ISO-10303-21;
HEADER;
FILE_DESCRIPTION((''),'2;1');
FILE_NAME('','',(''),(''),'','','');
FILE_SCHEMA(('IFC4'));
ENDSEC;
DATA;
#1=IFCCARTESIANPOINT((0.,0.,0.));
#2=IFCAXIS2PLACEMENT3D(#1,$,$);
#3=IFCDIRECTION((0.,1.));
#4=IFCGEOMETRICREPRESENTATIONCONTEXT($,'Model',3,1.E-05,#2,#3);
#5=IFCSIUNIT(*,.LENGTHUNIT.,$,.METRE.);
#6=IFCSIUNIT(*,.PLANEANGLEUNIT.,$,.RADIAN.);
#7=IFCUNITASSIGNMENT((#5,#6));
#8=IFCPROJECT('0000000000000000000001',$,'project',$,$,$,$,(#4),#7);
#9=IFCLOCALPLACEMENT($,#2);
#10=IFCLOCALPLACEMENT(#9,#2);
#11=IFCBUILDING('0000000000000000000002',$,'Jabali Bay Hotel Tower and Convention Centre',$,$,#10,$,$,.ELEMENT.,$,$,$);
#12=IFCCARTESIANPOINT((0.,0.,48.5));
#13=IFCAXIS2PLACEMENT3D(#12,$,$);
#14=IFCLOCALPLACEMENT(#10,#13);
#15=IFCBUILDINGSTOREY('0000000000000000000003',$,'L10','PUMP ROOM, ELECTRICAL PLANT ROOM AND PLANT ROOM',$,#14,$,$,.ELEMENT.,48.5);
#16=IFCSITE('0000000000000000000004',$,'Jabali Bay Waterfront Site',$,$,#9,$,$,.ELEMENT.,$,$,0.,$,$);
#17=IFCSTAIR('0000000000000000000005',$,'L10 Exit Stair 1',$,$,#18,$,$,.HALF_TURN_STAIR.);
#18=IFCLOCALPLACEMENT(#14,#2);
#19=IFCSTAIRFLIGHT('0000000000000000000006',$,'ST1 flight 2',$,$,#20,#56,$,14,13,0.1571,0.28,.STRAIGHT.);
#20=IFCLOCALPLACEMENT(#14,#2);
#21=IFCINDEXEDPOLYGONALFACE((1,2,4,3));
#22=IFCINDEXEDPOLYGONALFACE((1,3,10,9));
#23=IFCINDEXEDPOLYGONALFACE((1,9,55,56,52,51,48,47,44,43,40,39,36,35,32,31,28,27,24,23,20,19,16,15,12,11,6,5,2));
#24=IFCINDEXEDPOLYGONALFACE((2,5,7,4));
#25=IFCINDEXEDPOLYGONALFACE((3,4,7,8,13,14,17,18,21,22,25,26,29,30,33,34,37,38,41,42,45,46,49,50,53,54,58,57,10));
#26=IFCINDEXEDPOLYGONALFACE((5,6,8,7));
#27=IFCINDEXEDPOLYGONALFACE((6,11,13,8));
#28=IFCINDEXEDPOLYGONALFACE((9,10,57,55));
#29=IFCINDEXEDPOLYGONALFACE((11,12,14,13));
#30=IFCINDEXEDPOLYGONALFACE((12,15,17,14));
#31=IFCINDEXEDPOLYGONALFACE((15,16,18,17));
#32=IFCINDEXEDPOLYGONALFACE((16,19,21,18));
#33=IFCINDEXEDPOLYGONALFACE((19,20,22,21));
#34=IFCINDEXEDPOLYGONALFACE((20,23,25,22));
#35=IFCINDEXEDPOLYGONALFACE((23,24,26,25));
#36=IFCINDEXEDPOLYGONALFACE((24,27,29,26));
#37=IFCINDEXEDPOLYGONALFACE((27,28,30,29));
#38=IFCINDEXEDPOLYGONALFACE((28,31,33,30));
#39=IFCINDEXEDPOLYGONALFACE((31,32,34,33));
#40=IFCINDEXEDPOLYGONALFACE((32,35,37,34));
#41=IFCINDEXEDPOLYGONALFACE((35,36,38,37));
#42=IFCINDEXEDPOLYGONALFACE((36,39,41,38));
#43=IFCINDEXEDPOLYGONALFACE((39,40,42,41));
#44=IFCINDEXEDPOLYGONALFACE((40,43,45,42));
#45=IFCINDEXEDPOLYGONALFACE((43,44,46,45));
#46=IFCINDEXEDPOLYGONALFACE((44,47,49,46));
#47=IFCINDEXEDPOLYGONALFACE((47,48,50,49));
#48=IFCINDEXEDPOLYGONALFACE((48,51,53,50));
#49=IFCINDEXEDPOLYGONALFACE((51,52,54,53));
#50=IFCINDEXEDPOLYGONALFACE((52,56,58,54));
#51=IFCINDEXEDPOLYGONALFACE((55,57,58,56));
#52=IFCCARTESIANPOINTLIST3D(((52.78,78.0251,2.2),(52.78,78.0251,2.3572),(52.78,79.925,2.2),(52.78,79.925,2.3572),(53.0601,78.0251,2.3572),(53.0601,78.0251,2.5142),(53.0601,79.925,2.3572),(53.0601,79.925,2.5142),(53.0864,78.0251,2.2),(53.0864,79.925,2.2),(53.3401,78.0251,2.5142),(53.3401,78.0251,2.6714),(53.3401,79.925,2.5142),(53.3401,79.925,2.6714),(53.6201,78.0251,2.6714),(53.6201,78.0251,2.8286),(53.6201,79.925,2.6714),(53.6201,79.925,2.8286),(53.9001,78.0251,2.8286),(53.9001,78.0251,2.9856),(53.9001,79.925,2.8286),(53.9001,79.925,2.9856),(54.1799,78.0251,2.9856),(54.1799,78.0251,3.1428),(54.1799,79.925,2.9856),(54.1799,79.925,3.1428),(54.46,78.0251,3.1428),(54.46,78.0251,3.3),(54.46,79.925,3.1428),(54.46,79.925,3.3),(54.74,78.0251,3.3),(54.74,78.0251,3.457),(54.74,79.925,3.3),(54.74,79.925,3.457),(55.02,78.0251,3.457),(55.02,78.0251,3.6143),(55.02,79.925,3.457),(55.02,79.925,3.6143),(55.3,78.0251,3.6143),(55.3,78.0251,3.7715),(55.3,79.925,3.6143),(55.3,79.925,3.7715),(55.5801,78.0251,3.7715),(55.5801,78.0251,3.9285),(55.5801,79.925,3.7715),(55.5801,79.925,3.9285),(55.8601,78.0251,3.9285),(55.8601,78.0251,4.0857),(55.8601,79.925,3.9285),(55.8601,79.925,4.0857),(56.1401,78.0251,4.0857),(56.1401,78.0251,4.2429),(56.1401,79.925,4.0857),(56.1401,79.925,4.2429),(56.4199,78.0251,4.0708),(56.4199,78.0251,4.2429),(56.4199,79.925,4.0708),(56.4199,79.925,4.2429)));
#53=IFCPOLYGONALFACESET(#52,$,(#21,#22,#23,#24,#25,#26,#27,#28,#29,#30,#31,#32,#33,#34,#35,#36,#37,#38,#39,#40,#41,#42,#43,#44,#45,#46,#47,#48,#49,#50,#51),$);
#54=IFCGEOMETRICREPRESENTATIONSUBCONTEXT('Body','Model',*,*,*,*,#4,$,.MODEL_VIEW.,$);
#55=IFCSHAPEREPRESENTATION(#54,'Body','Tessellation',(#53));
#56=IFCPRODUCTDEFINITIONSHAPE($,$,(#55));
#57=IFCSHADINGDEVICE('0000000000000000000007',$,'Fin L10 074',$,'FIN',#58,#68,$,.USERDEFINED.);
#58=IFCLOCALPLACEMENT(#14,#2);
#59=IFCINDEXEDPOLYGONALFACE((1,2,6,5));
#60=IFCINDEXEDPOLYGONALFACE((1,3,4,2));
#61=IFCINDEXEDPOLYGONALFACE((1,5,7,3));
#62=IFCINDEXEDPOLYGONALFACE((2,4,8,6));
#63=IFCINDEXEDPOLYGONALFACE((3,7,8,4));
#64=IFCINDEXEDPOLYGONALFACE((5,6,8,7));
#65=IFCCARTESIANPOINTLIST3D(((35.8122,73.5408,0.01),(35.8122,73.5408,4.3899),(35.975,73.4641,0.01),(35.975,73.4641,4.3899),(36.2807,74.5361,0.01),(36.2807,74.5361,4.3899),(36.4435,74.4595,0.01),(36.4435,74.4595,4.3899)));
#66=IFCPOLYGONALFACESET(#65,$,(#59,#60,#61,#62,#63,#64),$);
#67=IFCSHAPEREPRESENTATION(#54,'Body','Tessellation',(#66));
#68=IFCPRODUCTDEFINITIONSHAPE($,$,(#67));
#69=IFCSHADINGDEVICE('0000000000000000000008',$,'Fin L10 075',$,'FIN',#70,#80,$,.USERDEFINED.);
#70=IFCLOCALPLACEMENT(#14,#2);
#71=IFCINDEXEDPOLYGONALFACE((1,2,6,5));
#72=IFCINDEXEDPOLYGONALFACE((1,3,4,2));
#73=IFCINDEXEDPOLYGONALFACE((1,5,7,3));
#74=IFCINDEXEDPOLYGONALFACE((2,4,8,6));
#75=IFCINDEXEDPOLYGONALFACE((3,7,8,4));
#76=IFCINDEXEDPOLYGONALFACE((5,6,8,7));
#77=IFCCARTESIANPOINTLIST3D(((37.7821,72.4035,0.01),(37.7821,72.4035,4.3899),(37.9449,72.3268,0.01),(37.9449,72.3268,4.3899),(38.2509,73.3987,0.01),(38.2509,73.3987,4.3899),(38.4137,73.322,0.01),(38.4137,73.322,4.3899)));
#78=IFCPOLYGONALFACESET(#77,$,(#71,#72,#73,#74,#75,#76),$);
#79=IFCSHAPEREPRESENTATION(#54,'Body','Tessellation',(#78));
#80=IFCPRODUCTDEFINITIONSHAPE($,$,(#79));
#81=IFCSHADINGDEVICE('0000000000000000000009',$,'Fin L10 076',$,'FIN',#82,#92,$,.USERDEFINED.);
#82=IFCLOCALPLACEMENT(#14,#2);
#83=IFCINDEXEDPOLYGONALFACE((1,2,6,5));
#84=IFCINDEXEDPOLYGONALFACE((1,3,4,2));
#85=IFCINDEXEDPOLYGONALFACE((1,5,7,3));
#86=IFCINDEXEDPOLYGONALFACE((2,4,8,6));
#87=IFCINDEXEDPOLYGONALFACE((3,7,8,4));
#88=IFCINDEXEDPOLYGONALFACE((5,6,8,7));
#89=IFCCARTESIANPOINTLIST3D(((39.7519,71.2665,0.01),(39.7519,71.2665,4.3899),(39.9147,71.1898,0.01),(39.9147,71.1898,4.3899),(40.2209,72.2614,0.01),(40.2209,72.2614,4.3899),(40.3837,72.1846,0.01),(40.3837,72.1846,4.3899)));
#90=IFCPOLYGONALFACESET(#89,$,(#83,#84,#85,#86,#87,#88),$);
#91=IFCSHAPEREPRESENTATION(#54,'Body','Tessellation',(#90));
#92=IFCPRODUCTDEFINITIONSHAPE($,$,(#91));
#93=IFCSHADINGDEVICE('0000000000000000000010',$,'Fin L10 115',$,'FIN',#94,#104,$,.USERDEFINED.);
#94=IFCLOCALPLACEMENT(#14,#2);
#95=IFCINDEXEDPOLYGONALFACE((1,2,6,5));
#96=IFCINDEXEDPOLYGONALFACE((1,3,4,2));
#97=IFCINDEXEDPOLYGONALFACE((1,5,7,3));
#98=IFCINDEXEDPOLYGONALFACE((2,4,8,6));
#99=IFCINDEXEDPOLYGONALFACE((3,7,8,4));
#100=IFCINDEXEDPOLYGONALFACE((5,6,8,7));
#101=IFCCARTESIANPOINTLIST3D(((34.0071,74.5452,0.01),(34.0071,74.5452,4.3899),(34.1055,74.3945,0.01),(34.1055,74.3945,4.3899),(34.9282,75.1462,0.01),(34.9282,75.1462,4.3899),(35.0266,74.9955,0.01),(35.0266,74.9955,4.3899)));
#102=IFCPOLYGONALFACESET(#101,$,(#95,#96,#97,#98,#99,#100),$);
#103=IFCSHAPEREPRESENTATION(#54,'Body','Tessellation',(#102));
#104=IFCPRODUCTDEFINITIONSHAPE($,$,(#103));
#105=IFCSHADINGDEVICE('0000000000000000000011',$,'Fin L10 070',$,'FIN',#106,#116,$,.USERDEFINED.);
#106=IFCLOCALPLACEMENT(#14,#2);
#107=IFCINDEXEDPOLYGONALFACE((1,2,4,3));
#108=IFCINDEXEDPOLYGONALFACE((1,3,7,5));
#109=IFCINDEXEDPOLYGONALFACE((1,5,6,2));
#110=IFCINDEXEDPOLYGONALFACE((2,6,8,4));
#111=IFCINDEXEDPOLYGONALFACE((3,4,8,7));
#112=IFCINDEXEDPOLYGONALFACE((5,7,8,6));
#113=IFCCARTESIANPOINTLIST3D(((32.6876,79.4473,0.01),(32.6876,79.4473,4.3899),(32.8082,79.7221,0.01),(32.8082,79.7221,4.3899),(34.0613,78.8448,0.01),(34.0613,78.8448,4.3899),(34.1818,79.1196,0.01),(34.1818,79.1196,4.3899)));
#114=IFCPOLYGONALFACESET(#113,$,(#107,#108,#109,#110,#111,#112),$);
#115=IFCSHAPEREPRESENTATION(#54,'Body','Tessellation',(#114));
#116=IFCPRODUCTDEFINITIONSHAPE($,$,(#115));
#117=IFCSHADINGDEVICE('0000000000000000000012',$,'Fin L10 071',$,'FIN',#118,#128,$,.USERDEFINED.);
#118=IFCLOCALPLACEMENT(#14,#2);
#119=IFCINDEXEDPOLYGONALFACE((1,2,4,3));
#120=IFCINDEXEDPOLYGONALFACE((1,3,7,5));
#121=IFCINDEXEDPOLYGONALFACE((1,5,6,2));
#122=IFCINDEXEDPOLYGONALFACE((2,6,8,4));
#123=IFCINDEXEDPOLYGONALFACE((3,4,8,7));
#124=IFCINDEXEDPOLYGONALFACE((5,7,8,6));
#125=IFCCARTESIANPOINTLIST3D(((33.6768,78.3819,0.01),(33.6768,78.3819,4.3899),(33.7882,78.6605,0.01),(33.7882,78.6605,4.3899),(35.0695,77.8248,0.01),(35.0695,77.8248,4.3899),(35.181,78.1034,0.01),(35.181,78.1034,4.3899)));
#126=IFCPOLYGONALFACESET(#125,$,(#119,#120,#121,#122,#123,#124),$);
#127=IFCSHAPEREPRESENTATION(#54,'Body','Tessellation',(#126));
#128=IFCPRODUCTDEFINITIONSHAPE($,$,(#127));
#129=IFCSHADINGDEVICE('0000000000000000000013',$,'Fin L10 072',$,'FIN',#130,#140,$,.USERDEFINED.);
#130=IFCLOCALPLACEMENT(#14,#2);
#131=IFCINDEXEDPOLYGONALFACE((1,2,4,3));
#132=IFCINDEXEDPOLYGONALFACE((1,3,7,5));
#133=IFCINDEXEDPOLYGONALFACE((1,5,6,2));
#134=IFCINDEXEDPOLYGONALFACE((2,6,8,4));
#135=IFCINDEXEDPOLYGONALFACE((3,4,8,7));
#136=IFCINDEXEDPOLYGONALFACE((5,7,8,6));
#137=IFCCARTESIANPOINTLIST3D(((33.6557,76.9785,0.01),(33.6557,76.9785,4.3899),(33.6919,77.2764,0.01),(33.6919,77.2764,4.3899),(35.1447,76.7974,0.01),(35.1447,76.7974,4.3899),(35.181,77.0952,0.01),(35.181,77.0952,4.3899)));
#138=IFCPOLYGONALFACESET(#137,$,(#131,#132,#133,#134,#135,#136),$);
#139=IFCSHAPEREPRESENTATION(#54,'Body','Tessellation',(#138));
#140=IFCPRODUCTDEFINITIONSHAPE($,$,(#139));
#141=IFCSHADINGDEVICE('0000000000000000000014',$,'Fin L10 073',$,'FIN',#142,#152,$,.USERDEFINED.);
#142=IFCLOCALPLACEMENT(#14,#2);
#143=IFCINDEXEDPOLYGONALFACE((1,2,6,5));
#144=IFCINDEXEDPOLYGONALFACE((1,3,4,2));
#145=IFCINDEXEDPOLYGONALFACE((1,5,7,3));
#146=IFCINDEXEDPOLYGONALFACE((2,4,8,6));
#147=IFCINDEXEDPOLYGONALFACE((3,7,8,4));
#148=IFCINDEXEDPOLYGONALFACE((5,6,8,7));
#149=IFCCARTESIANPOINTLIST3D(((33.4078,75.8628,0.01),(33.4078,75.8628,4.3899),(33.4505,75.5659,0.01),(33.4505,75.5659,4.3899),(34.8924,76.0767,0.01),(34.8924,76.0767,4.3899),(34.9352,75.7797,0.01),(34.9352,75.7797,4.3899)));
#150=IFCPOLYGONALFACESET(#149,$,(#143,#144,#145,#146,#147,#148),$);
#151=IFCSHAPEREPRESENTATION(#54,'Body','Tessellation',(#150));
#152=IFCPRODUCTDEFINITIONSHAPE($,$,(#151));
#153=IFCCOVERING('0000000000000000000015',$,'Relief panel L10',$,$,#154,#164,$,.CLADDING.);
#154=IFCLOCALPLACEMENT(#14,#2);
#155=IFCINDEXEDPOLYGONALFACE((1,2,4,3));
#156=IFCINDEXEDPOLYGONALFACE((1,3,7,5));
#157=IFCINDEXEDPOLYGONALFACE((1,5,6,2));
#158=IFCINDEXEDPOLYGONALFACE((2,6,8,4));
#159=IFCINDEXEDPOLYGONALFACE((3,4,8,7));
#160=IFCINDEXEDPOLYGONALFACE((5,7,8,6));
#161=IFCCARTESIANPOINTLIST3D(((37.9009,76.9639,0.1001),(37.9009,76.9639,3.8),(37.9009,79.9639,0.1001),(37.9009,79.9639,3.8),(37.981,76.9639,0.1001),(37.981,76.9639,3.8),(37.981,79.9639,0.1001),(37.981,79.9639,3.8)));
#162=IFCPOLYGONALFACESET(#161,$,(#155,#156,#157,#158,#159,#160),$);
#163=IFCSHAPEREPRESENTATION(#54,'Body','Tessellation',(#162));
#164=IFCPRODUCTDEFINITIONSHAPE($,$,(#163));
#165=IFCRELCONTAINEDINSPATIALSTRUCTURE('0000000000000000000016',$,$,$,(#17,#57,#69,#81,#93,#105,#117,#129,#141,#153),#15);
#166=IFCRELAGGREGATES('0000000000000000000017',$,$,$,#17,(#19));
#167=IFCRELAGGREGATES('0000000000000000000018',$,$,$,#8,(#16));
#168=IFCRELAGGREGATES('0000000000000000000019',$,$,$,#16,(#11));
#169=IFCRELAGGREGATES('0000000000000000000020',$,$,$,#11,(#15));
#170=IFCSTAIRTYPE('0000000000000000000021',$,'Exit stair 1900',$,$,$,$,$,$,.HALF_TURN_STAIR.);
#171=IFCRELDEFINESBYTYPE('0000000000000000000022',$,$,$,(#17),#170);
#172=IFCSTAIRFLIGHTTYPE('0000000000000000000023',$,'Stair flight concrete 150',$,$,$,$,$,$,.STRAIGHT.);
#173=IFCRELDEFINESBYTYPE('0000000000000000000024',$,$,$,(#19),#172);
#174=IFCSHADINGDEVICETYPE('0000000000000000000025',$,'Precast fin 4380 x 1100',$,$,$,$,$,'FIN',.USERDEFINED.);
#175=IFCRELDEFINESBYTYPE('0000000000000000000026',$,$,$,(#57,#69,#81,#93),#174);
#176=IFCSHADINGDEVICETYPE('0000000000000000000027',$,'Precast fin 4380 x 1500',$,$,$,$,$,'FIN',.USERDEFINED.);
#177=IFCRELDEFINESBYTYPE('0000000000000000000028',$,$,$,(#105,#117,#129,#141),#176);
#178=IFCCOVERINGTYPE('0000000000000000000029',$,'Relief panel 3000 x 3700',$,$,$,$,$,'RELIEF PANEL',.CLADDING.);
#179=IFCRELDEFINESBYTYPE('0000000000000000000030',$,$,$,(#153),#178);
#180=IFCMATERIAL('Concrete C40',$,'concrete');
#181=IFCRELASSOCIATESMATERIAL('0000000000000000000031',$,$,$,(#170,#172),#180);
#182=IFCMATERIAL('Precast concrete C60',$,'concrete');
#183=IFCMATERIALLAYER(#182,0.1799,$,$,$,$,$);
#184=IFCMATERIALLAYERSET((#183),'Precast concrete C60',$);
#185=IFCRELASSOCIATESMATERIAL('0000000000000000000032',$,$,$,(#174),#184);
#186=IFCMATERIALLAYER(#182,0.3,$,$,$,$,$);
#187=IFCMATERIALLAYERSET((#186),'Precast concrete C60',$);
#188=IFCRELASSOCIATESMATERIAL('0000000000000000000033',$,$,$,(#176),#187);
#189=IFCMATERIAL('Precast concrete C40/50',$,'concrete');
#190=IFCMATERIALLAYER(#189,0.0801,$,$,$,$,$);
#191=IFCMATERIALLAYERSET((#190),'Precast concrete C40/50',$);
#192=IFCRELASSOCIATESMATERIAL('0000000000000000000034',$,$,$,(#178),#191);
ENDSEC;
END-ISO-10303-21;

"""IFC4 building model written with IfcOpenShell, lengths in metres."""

from ifc_helpers import new_model, si_unit, direction, frame, frame_2d, origin, origin_2d, place, context, subcontext, project, spatial, polyline, rectangle, outline, extrude, material, layer, layer_set, type_object, element, aggregate, save


model = new_model("IFC4")

# Units and contexts
model_context = context("Model", 3, precision=1e-05, world=origin(), true_north=direction((0.0, 1.0)))
body_context = subcontext(model_context, "Body", "Model", "MODEL_VIEW")
ifc_project = project(units=[si_unit("LENGTHUNIT", "METRE"), si_unit("PLANEANGLEUNIT", "RADIAN")], contexts=[model_context])

# Site, building, storey
site_placement = place(None, origin())
site = spatial("IfcSite", under=ifc_project, at=site_placement, Name="Jabali Bay Waterfront Site", CompositionType="ELEMENT", RefElevation=0.0)
building_placement = place(site_placement, origin())
building = spatial("IfcBuilding", under=site, at=building_placement, Name="Jabali Bay Hotel Tower and Convention Centre", CompositionType="ELEMENT")
storey_placement = place(building_placement, frame((0.0, 0.0, 48.5)))
storey = spatial("IfcBuildingStorey", under=building, at=storey_placement, Name="L10", Description="PUMP ROOM, ELECTRICAL PLANT ROOM AND PLANT ROOM", CompositionType="ELEMENT", Elevation=48.5)

# Shared definitions
ifc_material_1 = material(Name="Concrete C40", Category="concrete")

# Stair, stair flight
stair_type = type_object("IfcStairType", Name="Exit stair 1900", PredefinedType="HALF_TURN_STAIR", material=ifc_material_1)
stair_placement = place(storey_placement, origin())
stair = element("IfcStair", 1, at=stair_placement, inside=storey, type_object=stair_type, Name="L10 Exit Stair 1", PredefinedType="HALF_TURN_STAIR")
stair_flight_type = type_object("IfcStairFlightType", Name="Stair flight concrete 150", PredefinedType="STRAIGHT", material=ifc_material_1)
stair_flight_placement = place(storey_placement, frame((52.78, 78.9751, 2.2), z_axis=(0.0, 0.0, 1.0), x_axis=(1.0, 0.0, 0.0)))
stair_flight = element("IfcStairFlight", 2, at=stair_flight_placement, type_object=stair_flight_type, Name="ST1 flight 2", NumberOfRisers=14, NumberOfTreads=13, PredefinedType="STRAIGHT", RiserHeight=0.1571, TreadLength=0.28, context=body_context, shape_type="SweptSolid", body=[
    extrude(outline(polyline([(0.0, 0.0), (0.0, 0.1572), (0.28, 0.1572), (0.28, 0.3142), (0.5601, 0.3142), (0.5601, 0.4714), (0.8401, 0.4714), (0.8401, 0.6287), (1.1201, 0.6287), (1.1201, 0.7856), (1.3999, 0.7856), (1.3999, 0.9429), (1.6799, 0.9429), (1.6799, 1.1001), (1.96, 1.1001), (1.96, 1.2571), (2.24, 1.2571), (2.24, 1.4143), (2.52, 1.4143), (2.52, 1.5715), (2.8, 1.5715), (2.8, 1.7285), (3.0801, 1.7285), (3.0801, 1.8857), (3.3601, 1.8857), (3.3601, 2.043), (3.6399, 2.043), (3.6399, 2.2), (3.6399, 1.8708), (0.3064, 0.0), (0.0, 0.0)])), frame((0.0, 0.95, 0.0), z_axis=(0.0, -1.0, 0.0), x_axis=(1.0, 0.0, 0.0)), (0.0, 0.0, 1.0), 1.8999),
])
aggregate(stair, [stair_flight])

# Shading devices
ifc_material_2 = material(Name="Precast concrete C60", Category="concrete")
ifc_layer_1 = layer(ifc_material_2, 0.1799)
ifc_layer_set_1 = layer_set([ifc_layer_1], Name="Precast concrete C60")
shading_device_type_1 = type_object("IfcShadingDeviceType", Name="Precast fin 4380 x 1100", ElementType="FIN", PredefinedType="USERDEFINED", material=ifc_layer_set_1)
for number, where, z_axis, x_axis, name in (
    (3, (36.3621, 74.4978, 0.01), (0.0, 0.0, 1.0), (-0.425872, -0.904783, 0.0), "Fin L10 074"),
    (4, (38.3323, 73.3604, 0.01), (0.0, 0.0, 1.0), (-0.426139, -0.904658, 0.0), "Fin L10 075"),
):
    element("IfcShadingDevice", number, at=place(storey_placement, frame(where, z_axis=z_axis, x_axis=x_axis)), inside=storey, type_object=shading_device_type_1, Name=name, ObjectType="FIN", PredefinedType="USERDEFINED", context=body_context, shape_type="SweptSolid", body=[
        extrude(rectangle(XDim=1.1001, YDim=0.1799, at=frame_2d((0.55, 0.0))), origin(), (0.0, 0.0, 1.0), 4.3799),
    ])
for number, where, z_axis, x_axis, name in (
    (5, (40.3022, 72.2229, 0.01), (0.0, 0.0, 1.0), (-0.426406, -0.904532, 0.0), "Fin L10 076"),
    (6, (34.9773, 75.0708, 0.01), (0.0, 0.0, 1.0), (-0.837474, -0.546478, 0.0), "Fin L10 115"),
):
    element("IfcShadingDevice", number, at=place(storey_placement, frame(where, z_axis=z_axis, x_axis=x_axis)), inside=storey, type_object=shading_device_type_1, Name=name, ObjectType="FIN", PredefinedType="USERDEFINED", context=body_context, shape_type="SweptSolid", body=[
        extrude(rectangle(XDim=1.0999, YDim=0.1799, at=frame_2d((0.5498, 0.0))), origin(), (0.0, 0.0, 1.0), 4.3799),
    ])
ifc_layer_2 = layer(ifc_material_2, 0.3)
ifc_layer_set_2 = layer_set([ifc_layer_2], Name="Precast concrete C60")
shading_device_type_2 = type_object("IfcShadingDeviceType", Name="Precast fin 4380 x 1500", ElementType="FIN", PredefinedType="USERDEFINED", material=ifc_layer_set_2)
for number, where, z_axis, x_axis, name in (
    (7, (34.1216, 78.9822, 0.01), (0.0, 0.0, 1.0), (-0.915787, 0.401664, 0.0), "Fin L10 070"),
    (8, (35.1252, 77.9641, 0.01), (0.0, 0.0, 1.0), (-0.928477, 0.371391, 0.0), "Fin L10 071"),
    (9, (35.1628, 76.9463, 0.01), (0.0, 0.0, 1.0), (-0.992681, 0.120769, 0.0), "Fin L10 072"),
    (10, (34.9138, 75.9282, 0.01), (0.0, 0.0, 1.0), (-0.989783, -0.142583, 0.0), "Fin L10 073"),
):
    element("IfcShadingDevice", number, at=place(storey_placement, frame(where, z_axis=z_axis, x_axis=x_axis)), inside=storey, type_object=shading_device_type_2, Name=name, ObjectType="FIN", PredefinedType="USERDEFINED", context=body_context, shape_type="SweptSolid", body=[
        extrude(rectangle(XDim=1.5, YDim=0.3, at=frame_2d((0.75, 0.0))), origin(), (0.0, 0.0, 1.0), 4.3799),
    ])

# Covering
ifc_material_3 = material(Name="Precast concrete C40/50", Category="concrete")
ifc_layer_3 = layer(ifc_material_3, 0.0801)
ifc_layer_set_3 = layer_set([ifc_layer_3], Name="Precast concrete C40/50")
covering_type = type_object("IfcCoveringType", Name="Relief panel 3000 x 3700", ElementType="RELIEF PANEL", PredefinedType="CLADDING", material=ifc_layer_set_3)
covering_placement = place(storey_placement, frame((37.9409, 78.4639, 0.1001), z_axis=(0.0, 0.0, 1.0), x_axis=(0.0, 1.0, 0.0)))
element("IfcCovering", 11, at=covering_placement, inside=storey, type_object=covering_type, Name="Relief panel L10", PredefinedType="CLADDING", context=body_context, shape_type="SweptSolid", body=[
    extrude(rectangle(XDim=3.0, YDim=0.0801, at=origin_2d()), origin(), (0.0, 0.0, 1.0), 3.7),
])

save(model, "model.ifc")
